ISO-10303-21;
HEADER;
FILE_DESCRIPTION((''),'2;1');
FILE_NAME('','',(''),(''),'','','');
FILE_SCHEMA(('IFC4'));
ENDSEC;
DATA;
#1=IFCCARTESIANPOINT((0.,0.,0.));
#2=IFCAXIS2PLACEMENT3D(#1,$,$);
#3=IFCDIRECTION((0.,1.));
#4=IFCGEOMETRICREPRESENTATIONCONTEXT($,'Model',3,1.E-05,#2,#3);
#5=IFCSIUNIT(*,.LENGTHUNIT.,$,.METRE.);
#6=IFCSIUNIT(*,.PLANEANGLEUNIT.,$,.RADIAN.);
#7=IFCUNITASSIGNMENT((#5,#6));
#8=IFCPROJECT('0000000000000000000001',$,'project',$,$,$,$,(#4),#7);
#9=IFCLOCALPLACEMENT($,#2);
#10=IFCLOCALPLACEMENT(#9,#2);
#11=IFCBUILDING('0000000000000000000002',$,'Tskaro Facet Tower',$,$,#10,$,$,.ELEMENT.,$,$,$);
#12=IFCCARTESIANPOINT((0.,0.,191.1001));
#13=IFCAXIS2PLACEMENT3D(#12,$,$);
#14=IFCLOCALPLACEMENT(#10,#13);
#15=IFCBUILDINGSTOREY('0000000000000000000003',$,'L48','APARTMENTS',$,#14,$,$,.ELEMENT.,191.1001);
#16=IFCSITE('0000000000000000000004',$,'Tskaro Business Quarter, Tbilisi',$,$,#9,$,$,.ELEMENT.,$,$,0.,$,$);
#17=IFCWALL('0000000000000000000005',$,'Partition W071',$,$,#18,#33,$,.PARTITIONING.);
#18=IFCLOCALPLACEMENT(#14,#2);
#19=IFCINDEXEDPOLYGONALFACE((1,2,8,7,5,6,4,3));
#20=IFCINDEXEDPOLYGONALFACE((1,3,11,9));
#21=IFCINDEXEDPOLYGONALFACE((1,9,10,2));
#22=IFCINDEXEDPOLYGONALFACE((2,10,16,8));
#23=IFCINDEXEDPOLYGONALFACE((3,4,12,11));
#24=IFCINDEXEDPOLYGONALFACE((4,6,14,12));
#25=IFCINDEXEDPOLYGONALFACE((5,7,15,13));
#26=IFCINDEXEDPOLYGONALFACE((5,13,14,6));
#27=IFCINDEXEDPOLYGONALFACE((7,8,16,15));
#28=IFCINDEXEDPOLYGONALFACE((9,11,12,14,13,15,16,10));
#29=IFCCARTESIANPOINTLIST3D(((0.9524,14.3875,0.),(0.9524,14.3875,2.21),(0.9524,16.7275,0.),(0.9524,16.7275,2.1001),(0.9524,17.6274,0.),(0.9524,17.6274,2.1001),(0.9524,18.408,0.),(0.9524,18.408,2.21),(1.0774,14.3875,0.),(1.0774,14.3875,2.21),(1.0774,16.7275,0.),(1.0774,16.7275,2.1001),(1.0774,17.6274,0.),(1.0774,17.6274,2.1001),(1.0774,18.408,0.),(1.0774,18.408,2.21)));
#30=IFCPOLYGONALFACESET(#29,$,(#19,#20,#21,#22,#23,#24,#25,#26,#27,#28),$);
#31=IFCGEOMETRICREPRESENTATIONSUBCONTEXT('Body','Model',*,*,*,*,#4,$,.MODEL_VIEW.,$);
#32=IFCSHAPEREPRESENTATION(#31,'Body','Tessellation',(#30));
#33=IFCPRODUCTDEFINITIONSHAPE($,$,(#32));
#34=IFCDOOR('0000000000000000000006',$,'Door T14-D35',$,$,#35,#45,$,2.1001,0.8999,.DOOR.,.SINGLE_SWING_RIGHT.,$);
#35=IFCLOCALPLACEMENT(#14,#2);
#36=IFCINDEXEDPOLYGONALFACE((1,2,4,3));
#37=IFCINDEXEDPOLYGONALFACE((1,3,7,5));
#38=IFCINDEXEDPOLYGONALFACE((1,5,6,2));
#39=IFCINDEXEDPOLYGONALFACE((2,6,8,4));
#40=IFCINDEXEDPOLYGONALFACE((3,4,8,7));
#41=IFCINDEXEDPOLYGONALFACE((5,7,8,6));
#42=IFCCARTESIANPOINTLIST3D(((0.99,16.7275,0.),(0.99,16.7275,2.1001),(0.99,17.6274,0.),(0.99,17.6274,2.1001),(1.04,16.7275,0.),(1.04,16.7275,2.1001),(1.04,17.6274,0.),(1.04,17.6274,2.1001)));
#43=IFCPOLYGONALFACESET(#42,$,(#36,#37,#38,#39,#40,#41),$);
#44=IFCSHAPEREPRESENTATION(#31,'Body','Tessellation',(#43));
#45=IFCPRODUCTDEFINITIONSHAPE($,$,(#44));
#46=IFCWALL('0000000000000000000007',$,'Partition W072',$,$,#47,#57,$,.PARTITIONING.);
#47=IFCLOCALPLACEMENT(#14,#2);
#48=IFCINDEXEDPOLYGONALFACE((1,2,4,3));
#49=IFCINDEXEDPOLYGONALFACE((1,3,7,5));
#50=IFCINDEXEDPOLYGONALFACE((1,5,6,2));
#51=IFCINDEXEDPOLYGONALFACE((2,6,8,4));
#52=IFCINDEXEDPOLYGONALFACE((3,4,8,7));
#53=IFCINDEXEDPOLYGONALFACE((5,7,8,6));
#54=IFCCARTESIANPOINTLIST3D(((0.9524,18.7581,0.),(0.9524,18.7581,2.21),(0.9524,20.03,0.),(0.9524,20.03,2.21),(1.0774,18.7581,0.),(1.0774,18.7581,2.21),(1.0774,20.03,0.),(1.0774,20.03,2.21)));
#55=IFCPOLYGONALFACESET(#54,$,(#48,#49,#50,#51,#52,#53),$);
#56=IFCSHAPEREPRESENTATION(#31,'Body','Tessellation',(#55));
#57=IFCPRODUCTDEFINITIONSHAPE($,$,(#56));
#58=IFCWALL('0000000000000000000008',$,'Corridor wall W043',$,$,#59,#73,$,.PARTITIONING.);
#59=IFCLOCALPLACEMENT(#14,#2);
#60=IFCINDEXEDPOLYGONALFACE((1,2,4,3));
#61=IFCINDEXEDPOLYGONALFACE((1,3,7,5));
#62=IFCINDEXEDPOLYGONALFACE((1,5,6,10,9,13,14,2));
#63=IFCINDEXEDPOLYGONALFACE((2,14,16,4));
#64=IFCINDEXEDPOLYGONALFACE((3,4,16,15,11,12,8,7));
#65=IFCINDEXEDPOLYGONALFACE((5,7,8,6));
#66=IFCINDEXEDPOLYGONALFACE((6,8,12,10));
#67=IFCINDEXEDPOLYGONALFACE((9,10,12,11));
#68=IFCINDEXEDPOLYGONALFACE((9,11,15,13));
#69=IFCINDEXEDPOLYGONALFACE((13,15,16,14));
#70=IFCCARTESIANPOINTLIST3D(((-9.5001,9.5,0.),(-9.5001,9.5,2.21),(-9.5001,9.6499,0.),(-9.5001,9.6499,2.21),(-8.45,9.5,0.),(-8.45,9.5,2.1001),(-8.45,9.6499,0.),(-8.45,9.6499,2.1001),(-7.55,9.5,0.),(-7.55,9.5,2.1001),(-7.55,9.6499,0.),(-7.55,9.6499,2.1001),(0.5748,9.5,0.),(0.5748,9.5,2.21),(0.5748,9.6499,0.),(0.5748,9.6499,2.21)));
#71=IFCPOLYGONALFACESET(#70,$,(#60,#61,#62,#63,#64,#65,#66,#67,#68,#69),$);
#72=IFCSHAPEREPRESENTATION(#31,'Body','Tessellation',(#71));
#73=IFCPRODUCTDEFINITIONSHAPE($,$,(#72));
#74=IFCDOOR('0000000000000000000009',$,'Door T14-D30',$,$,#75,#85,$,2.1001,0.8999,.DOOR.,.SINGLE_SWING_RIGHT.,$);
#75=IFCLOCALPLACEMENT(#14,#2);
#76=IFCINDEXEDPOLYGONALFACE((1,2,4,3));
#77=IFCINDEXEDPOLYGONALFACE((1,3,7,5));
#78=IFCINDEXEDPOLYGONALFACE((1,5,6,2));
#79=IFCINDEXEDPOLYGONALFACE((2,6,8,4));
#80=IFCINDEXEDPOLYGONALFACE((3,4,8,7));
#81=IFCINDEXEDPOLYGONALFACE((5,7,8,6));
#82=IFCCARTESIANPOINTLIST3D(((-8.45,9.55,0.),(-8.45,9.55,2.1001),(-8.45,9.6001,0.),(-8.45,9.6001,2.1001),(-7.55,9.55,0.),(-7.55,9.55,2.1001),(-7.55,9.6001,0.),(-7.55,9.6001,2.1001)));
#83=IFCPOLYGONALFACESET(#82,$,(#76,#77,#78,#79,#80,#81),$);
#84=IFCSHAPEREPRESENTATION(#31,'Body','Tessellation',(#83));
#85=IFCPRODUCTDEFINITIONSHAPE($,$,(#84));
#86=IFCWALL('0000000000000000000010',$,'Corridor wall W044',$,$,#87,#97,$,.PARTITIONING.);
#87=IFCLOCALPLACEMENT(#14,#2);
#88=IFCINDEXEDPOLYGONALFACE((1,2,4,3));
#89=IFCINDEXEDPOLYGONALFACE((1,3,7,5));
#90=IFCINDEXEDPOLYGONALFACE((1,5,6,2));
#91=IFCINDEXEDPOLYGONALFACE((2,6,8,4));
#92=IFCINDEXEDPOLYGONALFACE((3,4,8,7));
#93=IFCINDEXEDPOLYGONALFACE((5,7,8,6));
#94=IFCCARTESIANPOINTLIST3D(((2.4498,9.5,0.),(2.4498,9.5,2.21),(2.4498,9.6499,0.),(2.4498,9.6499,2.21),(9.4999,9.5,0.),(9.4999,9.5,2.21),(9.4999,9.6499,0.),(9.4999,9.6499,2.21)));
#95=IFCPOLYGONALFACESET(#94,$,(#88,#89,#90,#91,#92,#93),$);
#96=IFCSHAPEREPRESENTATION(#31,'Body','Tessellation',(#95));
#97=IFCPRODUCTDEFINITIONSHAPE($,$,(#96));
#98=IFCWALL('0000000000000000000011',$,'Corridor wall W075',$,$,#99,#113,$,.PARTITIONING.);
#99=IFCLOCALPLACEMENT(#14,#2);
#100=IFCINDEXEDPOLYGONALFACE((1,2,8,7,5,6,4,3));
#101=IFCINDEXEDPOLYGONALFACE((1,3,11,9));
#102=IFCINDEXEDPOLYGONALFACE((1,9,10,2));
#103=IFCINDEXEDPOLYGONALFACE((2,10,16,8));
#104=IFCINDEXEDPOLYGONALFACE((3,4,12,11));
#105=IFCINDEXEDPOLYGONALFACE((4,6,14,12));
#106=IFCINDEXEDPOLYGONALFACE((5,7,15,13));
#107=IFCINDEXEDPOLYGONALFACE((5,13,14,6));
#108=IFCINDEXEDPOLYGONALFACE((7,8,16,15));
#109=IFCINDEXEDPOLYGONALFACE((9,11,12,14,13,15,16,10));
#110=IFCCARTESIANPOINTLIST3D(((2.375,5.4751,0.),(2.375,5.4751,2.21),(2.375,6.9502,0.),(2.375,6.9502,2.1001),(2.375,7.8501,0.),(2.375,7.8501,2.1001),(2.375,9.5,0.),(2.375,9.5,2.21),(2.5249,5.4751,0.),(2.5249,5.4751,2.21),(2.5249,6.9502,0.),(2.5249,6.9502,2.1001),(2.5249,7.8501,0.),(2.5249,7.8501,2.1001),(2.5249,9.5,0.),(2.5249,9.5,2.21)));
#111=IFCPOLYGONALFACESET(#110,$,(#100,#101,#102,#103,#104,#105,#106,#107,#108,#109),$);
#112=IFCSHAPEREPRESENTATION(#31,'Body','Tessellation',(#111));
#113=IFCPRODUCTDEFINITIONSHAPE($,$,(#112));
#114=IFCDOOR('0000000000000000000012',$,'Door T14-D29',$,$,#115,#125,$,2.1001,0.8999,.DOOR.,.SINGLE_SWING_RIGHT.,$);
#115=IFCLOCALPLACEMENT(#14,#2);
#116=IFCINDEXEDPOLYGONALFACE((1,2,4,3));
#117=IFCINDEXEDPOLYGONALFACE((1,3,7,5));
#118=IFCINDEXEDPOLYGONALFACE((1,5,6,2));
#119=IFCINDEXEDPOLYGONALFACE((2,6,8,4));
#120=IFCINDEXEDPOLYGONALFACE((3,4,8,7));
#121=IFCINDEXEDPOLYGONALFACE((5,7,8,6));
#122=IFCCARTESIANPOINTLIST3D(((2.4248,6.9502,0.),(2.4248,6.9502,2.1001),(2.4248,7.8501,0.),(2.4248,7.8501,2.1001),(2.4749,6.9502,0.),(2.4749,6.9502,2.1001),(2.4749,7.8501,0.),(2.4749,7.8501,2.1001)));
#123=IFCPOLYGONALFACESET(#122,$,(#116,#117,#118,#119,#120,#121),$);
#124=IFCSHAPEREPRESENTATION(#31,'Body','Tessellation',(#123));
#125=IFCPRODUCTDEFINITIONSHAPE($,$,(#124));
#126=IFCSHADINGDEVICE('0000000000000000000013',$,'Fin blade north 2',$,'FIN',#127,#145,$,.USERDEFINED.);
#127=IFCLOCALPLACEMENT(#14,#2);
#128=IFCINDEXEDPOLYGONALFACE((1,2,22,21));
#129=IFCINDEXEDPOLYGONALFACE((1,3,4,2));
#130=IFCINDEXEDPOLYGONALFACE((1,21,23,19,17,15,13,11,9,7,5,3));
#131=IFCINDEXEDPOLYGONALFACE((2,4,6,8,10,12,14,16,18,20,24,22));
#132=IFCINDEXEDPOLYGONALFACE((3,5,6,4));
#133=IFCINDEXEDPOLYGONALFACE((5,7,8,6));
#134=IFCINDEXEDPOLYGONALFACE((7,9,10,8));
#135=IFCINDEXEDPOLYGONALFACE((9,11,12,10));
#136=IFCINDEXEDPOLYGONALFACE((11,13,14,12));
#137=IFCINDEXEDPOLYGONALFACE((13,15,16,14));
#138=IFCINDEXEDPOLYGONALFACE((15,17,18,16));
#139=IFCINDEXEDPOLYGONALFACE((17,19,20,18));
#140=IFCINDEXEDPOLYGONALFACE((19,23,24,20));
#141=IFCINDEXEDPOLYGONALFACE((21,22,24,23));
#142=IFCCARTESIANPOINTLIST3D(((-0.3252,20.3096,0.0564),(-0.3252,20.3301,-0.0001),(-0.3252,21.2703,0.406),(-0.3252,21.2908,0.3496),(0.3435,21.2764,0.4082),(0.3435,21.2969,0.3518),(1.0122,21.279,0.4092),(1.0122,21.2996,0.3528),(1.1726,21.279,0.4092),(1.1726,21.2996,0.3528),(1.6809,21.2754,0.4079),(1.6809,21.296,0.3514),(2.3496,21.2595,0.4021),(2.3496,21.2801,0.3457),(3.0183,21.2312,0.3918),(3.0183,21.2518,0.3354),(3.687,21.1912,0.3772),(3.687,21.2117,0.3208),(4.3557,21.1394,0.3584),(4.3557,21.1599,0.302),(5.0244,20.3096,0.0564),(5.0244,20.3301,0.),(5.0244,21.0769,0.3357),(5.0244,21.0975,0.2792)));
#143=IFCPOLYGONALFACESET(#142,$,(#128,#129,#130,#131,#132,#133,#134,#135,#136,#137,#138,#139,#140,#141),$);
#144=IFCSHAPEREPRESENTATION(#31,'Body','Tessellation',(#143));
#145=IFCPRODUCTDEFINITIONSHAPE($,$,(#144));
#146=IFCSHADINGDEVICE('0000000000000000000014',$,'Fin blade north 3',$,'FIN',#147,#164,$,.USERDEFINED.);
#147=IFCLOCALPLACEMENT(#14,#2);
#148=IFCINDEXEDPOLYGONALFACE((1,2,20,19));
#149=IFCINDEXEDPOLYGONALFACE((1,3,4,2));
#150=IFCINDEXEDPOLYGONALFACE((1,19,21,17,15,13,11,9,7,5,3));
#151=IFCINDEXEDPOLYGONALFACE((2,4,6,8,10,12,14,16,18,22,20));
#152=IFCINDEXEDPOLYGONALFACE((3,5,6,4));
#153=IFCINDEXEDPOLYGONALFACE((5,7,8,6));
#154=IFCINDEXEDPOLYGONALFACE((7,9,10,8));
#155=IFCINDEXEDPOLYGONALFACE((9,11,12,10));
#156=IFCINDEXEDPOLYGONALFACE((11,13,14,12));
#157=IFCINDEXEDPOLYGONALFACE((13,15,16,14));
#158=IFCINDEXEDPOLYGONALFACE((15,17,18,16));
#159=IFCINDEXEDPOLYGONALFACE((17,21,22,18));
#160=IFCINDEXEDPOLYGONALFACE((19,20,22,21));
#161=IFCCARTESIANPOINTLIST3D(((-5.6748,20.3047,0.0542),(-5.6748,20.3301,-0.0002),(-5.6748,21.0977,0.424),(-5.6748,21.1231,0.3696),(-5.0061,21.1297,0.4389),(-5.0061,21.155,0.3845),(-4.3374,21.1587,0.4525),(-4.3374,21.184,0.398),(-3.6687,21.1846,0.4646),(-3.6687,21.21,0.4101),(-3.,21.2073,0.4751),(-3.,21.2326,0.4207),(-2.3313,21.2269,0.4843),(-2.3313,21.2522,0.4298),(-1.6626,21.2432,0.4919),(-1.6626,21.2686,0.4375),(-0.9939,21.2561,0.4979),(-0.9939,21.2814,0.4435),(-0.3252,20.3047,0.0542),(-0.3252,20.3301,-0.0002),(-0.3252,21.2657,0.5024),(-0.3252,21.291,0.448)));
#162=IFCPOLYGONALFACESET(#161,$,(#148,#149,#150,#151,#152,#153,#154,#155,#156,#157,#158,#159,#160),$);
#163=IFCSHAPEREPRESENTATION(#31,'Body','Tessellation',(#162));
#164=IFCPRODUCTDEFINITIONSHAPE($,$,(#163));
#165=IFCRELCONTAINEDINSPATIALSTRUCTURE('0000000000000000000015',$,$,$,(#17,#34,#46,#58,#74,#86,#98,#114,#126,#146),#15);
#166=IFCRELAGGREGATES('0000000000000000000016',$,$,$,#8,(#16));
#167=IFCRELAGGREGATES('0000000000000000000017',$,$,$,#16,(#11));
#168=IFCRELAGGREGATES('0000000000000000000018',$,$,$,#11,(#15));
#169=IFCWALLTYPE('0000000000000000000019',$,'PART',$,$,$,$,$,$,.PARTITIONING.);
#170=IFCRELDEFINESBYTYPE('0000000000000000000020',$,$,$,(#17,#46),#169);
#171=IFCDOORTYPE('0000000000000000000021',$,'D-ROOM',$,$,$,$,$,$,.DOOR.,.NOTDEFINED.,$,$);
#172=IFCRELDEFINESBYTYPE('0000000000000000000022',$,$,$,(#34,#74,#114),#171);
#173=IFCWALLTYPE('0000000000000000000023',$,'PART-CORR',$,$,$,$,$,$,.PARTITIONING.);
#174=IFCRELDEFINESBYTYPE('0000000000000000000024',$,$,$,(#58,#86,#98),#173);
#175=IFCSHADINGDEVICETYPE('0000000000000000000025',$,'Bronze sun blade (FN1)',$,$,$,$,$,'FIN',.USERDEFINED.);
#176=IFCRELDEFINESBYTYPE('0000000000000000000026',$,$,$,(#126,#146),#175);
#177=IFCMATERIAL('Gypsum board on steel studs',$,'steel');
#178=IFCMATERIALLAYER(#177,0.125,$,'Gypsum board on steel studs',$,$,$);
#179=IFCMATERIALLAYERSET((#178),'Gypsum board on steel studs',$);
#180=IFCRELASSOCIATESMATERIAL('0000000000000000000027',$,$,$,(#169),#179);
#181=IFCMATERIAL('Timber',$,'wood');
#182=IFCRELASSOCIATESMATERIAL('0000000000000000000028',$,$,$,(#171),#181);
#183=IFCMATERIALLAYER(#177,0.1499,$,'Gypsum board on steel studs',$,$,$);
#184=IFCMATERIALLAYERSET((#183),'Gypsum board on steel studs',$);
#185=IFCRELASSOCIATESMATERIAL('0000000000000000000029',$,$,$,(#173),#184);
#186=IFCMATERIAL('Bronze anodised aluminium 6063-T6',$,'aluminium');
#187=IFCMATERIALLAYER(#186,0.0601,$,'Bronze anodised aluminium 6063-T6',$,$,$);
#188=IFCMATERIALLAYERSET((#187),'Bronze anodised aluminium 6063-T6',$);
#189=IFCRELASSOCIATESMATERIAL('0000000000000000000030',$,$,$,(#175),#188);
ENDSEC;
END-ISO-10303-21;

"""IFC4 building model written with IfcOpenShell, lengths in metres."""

from ifc_helpers import new_model, si_unit, direction, frame, frame_2d, origin, place, context, subcontext, project, spatial, polyline, rectangle, outline, extrude, material, layer, layer_set, type_object, element, fill, save


model = new_model("IFC4")

# Units and contexts
model_context = context("Model", 3, precision=1e-05, world=origin(), true_north=direction((0.0, 1.0)))
body_context = subcontext(model_context, "Body", "Model", "MODEL_VIEW")
ifc_project = project(units=[si_unit("LENGTHUNIT", "METRE"), si_unit("PLANEANGLEUNIT", "RADIAN")], contexts=[model_context])

# Site, building, storey
site_placement = place(None, origin())
site = spatial("IfcSite", under=ifc_project, at=site_placement, Name="Tskaro Business Quarter, Tbilisi", CompositionType="ELEMENT", RefElevation=0.0)
building_placement = place(site_placement, origin())
building = spatial("IfcBuilding", under=site, at=building_placement, Name="Tskaro Facet Tower", CompositionType="ELEMENT")
storey_placement = place(building_placement, frame((0.0, 0.0, 191.1001)))
storey = spatial("IfcBuildingStorey", under=building, at=storey_placement, Name="L48", Description="APARTMENTS", CompositionType="ELEMENT", Elevation=191.1001)

# Shared definitions
ifc_material_1 = material(Name="Bronze anodised aluminium 6063-T6", Category="aluminium")

# Wall, opening, door
ifc_material_2 = material(Name="Gypsum board on steel studs", Category="steel")
ifc_layer_1 = layer(ifc_material_2, 0.125, Name="Gypsum board on steel studs")
ifc_layer_set_1 = layer_set([ifc_layer_1], Name="Gypsum board on steel studs")
wall_type_1 = type_object("IfcWallType", Name="PART", PredefinedType="PARTITIONING", material=ifc_layer_set_1)
wall_1_placement = place(storey_placement, frame((1.0149, 14.3875, 0.0), z_axis=(0.0, 0.0, 1.0), x_axis=(0.0, 1.0, 0.0)))
wall_1 = element("IfcWall", 1, at=wall_1_placement, inside=storey, type_object=wall_type_1, Name="Partition W071", PredefinedType="PARTITIONING", context=body_context, shape_type="SweptSolid", body=[
    extrude(rectangle(XDim=4.0205, YDim=0.125, at=frame_2d((2.0103, 0.0))), origin(), (0.0, 0.0, 1.0), 2.21),
])
opening_1_placement = place(wall_1_placement, frame((2.3401, 0.0, 0.0)))
opening_1 = element("IfcOpeningElement", 2, at=opening_1_placement, cuts=wall_1, PredefinedType="OPENING", context=body_context, shape_type="SweptSolid", body=[
    extrude(rectangle(XDim=0.8999, YDim=2.1001, at=frame_2d((0.45, 1.05))), frame((0.0, 0.0725, 0.0), z_axis=(0.0, -1.0, 0.0), x_axis=(1.0, 0.0, 0.0)), (0.0, 0.0, 1.0), 0.145),
])
ifc_material_3 = material(Name="Timber", Category="wood")
door_type = type_object("IfcDoorType", Name="D-ROOM", OperationType="NOTDEFINED", PredefinedType="DOOR", material=ifc_material_3)
door_1_placement = place(opening_1_placement, origin())
door_1 = element("IfcDoor", 3, at=door_1_placement, inside=storey, type_object=door_type, Name="Door T14-D35", OperationType="SINGLE_SWING_RIGHT", OverallHeight=2.1001, OverallWidth=0.8999, PredefinedType="DOOR", context=body_context, shape_type="SweptSolid", body=[
    extrude(rectangle(XDim=0.8999, YDim=2.1001, at=frame_2d((0.45, 1.05))), frame((0.0, 0.0249, 0.0), z_axis=(0.0, -1.0, 0.0), x_axis=(1.0, 0.0, 0.0)), (0.0, 0.0, 1.0), 0.05),
])
fill(opening_1, door_1)

# Wall
wall_2_placement = place(storey_placement, frame((1.0149, 18.7581, 0.0), z_axis=(0.0, 0.0, 1.0), x_axis=(0.0, 1.0, 0.0)))
element("IfcWall", 4, at=wall_2_placement, inside=storey, type_object=wall_type_1, Name="Partition W072", PredefinedType="PARTITIONING", context=body_context, shape_type="SweptSolid", body=[
    extrude(rectangle(XDim=1.272, YDim=0.125, at=frame_2d((0.636, 0.0))), origin(), (0.0, 0.0, 1.0), 2.21),
])

# Wall, opening, door
ifc_layer_2 = layer(ifc_material_2, 0.1499, Name="Gypsum board on steel studs")
ifc_layer_set_2 = layer_set([ifc_layer_2], Name="Gypsum board on steel studs")
wall_type_2 = type_object("IfcWallType", Name="PART-CORR", PredefinedType="PARTITIONING", material=ifc_layer_set_2)
wall_3_placement = place(storey_placement, frame((0.575, 9.575, 0.0), z_axis=(0.0, 0.0, 1.0), x_axis=(-1.0, 0.0, 0.0)))
wall_3 = element("IfcWall", 5, at=wall_3_placement, inside=storey, type_object=wall_type_2, Name="Corridor wall W043", PredefinedType="PARTITIONING", context=body_context, shape_type="SweptSolid", body=[
    extrude(rectangle(XDim=10.075, YDim=0.1499, at=frame_2d((5.0376, 0.0))), origin(), (0.0, 0.0, 1.0), 2.21),
])
opening_2_placement = place(wall_3_placement, frame((8.125, 0.0, 0.0)))
opening_2 = element("IfcOpeningElement", 6, at=opening_2_placement, cuts=wall_3, PredefinedType="OPENING", context=body_context, shape_type="SweptSolid", body=[
    extrude(rectangle(XDim=0.8999, YDim=2.1001, at=frame_2d((0.45, 1.05))), frame((0.0, 0.085, 0.0), z_axis=(0.0, -1.0, 0.0), x_axis=(1.0, 0.0, 0.0)), (0.0, 0.0, 1.0), 0.1699),
])
door_2_placement = place(opening_2_placement, origin())
door_2 = element("IfcDoor", 7, at=door_2_placement, inside=storey, type_object=door_type, Name="Door T14-D30", OperationType="SINGLE_SWING_RIGHT", OverallHeight=2.1001, OverallWidth=0.8999, PredefinedType="DOOR", context=body_context, shape_type="SweptSolid", body=[
    extrude(rectangle(XDim=0.8999, YDim=2.1001, at=frame_2d((0.45, 1.05))), frame((0.0, 0.0249, 0.0), z_axis=(0.0, -1.0, 0.0), x_axis=(1.0, 0.0, 0.0)), (0.0, 0.0, 1.0), 0.05),
])
fill(opening_2, door_2)

# Wall
wall_4_placement = place(storey_placement, frame((2.45, 9.575, 0.0), z_axis=(0.0, 0.0, 1.0), x_axis=(1.0, 0.0, 0.0)))
element("IfcWall", 8, at=wall_4_placement, inside=storey, type_object=wall_type_2, Name="Corridor wall W044", PredefinedType="PARTITIONING", context=body_context, shape_type="SweptSolid", body=[
    extrude(rectangle(XDim=7.05, YDim=0.1499, at=frame_2d((3.5249, 0.0))), origin(), (0.0, 0.0, 1.0), 2.21),
])

# Wall, opening, door
wall_5_placement = place(storey_placement, frame((2.45, 9.5, 0.0), z_axis=(0.0, 0.0, 1.0), x_axis=(0.0, -1.0, 0.0)))
wall_5 = element("IfcWall", 9, at=wall_5_placement, inside=storey, type_object=wall_type_2, Name="Corridor wall W075", PredefinedType="PARTITIONING", context=body_context, shape_type="SweptSolid", body=[
    extrude(rectangle(XDim=4.0249, YDim=0.1499, at=frame_2d((2.0125, 0.0))), origin(), (0.0, 0.0, 1.0), 2.21),
])
opening_3_placement = place(wall_5_placement, frame((1.6499, 0.0, 0.0)))
opening_3 = element("IfcOpeningElement", 10, at=opening_3_placement, cuts=wall_5, PredefinedType="OPENING", context=body_context, shape_type="SweptSolid", body=[
    extrude(rectangle(XDim=0.8999, YDim=2.1001, at=frame_2d((0.45, 1.05))), frame((0.0, 0.085, 0.0), z_axis=(0.0, -1.0, 0.0), x_axis=(1.0, 0.0, 0.0)), (0.0, 0.0, 1.0), 0.1699),
])
door_3_placement = place(opening_3_placement, origin())
door_3 = element("IfcDoor", 11, at=door_3_placement, inside=storey, type_object=door_type, Name="Door T14-D29", OperationType="SINGLE_SWING_RIGHT", OverallHeight=2.1001, OverallWidth=0.8999, PredefinedType="DOOR", context=body_context, shape_type="SweptSolid", body=[
    extrude(rectangle(XDim=0.8999, YDim=2.1001, at=frame_2d((0.45, 1.05))), frame((0.0, 0.0249, 0.0), z_axis=(0.0, -1.0, 0.0), x_axis=(1.0, 0.0, 0.0)), (0.0, 0.0, 1.0), 0.05),
])
fill(opening_3, door_3)

# Shading devices
ifc_layer_3 = layer(ifc_material_1, 0.0601, Name="Bronze anodised aluminium 6063-T6")
ifc_layer_set_3 = layer_set([ifc_layer_3], Name="Bronze anodised aluminium 6063-T6")
shading_device_type = type_object("IfcShadingDeviceType", Name="Bronze sun blade (FN1)", ElementType="FIN", PredefinedType="USERDEFINED", material=ifc_layer_set_3)
shading_device_1_placement = place(storey_placement, frame((5.0244, 20.3096, 0.0564), z_axis=(-0.000005, -0.341985, 0.939706), x_axis=(-1.0, 0.000002, -0.000004)))
element("IfcShadingDevice", 12, at=shading_device_1_placement, inside=storey, type_object=shading_device_type, Name="Fin blade north 2", ObjectType="FIN", PredefinedType="USERDEFINED", context=body_context, shape_type="SweptSolid", body=[
    extrude(outline(polyline([(0.0, 0.0), (5.3496, 0.0), (5.3496, -1.0223), (4.6809, -1.0288), (4.0122, -1.0317), (3.8518, -1.0317), (3.3435, -1.0278), (2.6748, -1.0109), (2.0061, -0.9808), (1.3374, -0.9381), (0.6687, -0.8831), (0.0, -0.8166), (0.0, 0.0)])), origin(), (0.0, 0.0, -1.0), 0.0601),
])
shading_device_2_placement = place(storey_placement, frame((-0.3252, 20.3047, 0.0542), z_axis=(-0.000004, -0.422676, 0.906281), x_axis=(-1.0, 0.000001, -0.000003)))
element("IfcShadingDevice", 13, at=shading_device_2_placement, inside=storey, type_object=shading_device_type, Name="Fin blade north 3", ObjectType="FIN", PredefinedType="USERDEFINED", context=body_context, shape_type="SweptSolid", body=[
    extrude(outline(polyline([(0.0, 0.0), (5.3496, 0.0), (5.3496, -0.875), (4.6809, -0.9103), (4.0122, -0.9423), (3.3435, -0.9709), (2.6748, -0.9959), (2.0061, -1.0175), (1.3374, -1.0355), (0.6687, -1.0498), (0.0, -1.0603), (0.0, 0.0)])), origin(), (0.0, 0.0, -1.0), 0.0601),
])

save(model, "model.ifc")
